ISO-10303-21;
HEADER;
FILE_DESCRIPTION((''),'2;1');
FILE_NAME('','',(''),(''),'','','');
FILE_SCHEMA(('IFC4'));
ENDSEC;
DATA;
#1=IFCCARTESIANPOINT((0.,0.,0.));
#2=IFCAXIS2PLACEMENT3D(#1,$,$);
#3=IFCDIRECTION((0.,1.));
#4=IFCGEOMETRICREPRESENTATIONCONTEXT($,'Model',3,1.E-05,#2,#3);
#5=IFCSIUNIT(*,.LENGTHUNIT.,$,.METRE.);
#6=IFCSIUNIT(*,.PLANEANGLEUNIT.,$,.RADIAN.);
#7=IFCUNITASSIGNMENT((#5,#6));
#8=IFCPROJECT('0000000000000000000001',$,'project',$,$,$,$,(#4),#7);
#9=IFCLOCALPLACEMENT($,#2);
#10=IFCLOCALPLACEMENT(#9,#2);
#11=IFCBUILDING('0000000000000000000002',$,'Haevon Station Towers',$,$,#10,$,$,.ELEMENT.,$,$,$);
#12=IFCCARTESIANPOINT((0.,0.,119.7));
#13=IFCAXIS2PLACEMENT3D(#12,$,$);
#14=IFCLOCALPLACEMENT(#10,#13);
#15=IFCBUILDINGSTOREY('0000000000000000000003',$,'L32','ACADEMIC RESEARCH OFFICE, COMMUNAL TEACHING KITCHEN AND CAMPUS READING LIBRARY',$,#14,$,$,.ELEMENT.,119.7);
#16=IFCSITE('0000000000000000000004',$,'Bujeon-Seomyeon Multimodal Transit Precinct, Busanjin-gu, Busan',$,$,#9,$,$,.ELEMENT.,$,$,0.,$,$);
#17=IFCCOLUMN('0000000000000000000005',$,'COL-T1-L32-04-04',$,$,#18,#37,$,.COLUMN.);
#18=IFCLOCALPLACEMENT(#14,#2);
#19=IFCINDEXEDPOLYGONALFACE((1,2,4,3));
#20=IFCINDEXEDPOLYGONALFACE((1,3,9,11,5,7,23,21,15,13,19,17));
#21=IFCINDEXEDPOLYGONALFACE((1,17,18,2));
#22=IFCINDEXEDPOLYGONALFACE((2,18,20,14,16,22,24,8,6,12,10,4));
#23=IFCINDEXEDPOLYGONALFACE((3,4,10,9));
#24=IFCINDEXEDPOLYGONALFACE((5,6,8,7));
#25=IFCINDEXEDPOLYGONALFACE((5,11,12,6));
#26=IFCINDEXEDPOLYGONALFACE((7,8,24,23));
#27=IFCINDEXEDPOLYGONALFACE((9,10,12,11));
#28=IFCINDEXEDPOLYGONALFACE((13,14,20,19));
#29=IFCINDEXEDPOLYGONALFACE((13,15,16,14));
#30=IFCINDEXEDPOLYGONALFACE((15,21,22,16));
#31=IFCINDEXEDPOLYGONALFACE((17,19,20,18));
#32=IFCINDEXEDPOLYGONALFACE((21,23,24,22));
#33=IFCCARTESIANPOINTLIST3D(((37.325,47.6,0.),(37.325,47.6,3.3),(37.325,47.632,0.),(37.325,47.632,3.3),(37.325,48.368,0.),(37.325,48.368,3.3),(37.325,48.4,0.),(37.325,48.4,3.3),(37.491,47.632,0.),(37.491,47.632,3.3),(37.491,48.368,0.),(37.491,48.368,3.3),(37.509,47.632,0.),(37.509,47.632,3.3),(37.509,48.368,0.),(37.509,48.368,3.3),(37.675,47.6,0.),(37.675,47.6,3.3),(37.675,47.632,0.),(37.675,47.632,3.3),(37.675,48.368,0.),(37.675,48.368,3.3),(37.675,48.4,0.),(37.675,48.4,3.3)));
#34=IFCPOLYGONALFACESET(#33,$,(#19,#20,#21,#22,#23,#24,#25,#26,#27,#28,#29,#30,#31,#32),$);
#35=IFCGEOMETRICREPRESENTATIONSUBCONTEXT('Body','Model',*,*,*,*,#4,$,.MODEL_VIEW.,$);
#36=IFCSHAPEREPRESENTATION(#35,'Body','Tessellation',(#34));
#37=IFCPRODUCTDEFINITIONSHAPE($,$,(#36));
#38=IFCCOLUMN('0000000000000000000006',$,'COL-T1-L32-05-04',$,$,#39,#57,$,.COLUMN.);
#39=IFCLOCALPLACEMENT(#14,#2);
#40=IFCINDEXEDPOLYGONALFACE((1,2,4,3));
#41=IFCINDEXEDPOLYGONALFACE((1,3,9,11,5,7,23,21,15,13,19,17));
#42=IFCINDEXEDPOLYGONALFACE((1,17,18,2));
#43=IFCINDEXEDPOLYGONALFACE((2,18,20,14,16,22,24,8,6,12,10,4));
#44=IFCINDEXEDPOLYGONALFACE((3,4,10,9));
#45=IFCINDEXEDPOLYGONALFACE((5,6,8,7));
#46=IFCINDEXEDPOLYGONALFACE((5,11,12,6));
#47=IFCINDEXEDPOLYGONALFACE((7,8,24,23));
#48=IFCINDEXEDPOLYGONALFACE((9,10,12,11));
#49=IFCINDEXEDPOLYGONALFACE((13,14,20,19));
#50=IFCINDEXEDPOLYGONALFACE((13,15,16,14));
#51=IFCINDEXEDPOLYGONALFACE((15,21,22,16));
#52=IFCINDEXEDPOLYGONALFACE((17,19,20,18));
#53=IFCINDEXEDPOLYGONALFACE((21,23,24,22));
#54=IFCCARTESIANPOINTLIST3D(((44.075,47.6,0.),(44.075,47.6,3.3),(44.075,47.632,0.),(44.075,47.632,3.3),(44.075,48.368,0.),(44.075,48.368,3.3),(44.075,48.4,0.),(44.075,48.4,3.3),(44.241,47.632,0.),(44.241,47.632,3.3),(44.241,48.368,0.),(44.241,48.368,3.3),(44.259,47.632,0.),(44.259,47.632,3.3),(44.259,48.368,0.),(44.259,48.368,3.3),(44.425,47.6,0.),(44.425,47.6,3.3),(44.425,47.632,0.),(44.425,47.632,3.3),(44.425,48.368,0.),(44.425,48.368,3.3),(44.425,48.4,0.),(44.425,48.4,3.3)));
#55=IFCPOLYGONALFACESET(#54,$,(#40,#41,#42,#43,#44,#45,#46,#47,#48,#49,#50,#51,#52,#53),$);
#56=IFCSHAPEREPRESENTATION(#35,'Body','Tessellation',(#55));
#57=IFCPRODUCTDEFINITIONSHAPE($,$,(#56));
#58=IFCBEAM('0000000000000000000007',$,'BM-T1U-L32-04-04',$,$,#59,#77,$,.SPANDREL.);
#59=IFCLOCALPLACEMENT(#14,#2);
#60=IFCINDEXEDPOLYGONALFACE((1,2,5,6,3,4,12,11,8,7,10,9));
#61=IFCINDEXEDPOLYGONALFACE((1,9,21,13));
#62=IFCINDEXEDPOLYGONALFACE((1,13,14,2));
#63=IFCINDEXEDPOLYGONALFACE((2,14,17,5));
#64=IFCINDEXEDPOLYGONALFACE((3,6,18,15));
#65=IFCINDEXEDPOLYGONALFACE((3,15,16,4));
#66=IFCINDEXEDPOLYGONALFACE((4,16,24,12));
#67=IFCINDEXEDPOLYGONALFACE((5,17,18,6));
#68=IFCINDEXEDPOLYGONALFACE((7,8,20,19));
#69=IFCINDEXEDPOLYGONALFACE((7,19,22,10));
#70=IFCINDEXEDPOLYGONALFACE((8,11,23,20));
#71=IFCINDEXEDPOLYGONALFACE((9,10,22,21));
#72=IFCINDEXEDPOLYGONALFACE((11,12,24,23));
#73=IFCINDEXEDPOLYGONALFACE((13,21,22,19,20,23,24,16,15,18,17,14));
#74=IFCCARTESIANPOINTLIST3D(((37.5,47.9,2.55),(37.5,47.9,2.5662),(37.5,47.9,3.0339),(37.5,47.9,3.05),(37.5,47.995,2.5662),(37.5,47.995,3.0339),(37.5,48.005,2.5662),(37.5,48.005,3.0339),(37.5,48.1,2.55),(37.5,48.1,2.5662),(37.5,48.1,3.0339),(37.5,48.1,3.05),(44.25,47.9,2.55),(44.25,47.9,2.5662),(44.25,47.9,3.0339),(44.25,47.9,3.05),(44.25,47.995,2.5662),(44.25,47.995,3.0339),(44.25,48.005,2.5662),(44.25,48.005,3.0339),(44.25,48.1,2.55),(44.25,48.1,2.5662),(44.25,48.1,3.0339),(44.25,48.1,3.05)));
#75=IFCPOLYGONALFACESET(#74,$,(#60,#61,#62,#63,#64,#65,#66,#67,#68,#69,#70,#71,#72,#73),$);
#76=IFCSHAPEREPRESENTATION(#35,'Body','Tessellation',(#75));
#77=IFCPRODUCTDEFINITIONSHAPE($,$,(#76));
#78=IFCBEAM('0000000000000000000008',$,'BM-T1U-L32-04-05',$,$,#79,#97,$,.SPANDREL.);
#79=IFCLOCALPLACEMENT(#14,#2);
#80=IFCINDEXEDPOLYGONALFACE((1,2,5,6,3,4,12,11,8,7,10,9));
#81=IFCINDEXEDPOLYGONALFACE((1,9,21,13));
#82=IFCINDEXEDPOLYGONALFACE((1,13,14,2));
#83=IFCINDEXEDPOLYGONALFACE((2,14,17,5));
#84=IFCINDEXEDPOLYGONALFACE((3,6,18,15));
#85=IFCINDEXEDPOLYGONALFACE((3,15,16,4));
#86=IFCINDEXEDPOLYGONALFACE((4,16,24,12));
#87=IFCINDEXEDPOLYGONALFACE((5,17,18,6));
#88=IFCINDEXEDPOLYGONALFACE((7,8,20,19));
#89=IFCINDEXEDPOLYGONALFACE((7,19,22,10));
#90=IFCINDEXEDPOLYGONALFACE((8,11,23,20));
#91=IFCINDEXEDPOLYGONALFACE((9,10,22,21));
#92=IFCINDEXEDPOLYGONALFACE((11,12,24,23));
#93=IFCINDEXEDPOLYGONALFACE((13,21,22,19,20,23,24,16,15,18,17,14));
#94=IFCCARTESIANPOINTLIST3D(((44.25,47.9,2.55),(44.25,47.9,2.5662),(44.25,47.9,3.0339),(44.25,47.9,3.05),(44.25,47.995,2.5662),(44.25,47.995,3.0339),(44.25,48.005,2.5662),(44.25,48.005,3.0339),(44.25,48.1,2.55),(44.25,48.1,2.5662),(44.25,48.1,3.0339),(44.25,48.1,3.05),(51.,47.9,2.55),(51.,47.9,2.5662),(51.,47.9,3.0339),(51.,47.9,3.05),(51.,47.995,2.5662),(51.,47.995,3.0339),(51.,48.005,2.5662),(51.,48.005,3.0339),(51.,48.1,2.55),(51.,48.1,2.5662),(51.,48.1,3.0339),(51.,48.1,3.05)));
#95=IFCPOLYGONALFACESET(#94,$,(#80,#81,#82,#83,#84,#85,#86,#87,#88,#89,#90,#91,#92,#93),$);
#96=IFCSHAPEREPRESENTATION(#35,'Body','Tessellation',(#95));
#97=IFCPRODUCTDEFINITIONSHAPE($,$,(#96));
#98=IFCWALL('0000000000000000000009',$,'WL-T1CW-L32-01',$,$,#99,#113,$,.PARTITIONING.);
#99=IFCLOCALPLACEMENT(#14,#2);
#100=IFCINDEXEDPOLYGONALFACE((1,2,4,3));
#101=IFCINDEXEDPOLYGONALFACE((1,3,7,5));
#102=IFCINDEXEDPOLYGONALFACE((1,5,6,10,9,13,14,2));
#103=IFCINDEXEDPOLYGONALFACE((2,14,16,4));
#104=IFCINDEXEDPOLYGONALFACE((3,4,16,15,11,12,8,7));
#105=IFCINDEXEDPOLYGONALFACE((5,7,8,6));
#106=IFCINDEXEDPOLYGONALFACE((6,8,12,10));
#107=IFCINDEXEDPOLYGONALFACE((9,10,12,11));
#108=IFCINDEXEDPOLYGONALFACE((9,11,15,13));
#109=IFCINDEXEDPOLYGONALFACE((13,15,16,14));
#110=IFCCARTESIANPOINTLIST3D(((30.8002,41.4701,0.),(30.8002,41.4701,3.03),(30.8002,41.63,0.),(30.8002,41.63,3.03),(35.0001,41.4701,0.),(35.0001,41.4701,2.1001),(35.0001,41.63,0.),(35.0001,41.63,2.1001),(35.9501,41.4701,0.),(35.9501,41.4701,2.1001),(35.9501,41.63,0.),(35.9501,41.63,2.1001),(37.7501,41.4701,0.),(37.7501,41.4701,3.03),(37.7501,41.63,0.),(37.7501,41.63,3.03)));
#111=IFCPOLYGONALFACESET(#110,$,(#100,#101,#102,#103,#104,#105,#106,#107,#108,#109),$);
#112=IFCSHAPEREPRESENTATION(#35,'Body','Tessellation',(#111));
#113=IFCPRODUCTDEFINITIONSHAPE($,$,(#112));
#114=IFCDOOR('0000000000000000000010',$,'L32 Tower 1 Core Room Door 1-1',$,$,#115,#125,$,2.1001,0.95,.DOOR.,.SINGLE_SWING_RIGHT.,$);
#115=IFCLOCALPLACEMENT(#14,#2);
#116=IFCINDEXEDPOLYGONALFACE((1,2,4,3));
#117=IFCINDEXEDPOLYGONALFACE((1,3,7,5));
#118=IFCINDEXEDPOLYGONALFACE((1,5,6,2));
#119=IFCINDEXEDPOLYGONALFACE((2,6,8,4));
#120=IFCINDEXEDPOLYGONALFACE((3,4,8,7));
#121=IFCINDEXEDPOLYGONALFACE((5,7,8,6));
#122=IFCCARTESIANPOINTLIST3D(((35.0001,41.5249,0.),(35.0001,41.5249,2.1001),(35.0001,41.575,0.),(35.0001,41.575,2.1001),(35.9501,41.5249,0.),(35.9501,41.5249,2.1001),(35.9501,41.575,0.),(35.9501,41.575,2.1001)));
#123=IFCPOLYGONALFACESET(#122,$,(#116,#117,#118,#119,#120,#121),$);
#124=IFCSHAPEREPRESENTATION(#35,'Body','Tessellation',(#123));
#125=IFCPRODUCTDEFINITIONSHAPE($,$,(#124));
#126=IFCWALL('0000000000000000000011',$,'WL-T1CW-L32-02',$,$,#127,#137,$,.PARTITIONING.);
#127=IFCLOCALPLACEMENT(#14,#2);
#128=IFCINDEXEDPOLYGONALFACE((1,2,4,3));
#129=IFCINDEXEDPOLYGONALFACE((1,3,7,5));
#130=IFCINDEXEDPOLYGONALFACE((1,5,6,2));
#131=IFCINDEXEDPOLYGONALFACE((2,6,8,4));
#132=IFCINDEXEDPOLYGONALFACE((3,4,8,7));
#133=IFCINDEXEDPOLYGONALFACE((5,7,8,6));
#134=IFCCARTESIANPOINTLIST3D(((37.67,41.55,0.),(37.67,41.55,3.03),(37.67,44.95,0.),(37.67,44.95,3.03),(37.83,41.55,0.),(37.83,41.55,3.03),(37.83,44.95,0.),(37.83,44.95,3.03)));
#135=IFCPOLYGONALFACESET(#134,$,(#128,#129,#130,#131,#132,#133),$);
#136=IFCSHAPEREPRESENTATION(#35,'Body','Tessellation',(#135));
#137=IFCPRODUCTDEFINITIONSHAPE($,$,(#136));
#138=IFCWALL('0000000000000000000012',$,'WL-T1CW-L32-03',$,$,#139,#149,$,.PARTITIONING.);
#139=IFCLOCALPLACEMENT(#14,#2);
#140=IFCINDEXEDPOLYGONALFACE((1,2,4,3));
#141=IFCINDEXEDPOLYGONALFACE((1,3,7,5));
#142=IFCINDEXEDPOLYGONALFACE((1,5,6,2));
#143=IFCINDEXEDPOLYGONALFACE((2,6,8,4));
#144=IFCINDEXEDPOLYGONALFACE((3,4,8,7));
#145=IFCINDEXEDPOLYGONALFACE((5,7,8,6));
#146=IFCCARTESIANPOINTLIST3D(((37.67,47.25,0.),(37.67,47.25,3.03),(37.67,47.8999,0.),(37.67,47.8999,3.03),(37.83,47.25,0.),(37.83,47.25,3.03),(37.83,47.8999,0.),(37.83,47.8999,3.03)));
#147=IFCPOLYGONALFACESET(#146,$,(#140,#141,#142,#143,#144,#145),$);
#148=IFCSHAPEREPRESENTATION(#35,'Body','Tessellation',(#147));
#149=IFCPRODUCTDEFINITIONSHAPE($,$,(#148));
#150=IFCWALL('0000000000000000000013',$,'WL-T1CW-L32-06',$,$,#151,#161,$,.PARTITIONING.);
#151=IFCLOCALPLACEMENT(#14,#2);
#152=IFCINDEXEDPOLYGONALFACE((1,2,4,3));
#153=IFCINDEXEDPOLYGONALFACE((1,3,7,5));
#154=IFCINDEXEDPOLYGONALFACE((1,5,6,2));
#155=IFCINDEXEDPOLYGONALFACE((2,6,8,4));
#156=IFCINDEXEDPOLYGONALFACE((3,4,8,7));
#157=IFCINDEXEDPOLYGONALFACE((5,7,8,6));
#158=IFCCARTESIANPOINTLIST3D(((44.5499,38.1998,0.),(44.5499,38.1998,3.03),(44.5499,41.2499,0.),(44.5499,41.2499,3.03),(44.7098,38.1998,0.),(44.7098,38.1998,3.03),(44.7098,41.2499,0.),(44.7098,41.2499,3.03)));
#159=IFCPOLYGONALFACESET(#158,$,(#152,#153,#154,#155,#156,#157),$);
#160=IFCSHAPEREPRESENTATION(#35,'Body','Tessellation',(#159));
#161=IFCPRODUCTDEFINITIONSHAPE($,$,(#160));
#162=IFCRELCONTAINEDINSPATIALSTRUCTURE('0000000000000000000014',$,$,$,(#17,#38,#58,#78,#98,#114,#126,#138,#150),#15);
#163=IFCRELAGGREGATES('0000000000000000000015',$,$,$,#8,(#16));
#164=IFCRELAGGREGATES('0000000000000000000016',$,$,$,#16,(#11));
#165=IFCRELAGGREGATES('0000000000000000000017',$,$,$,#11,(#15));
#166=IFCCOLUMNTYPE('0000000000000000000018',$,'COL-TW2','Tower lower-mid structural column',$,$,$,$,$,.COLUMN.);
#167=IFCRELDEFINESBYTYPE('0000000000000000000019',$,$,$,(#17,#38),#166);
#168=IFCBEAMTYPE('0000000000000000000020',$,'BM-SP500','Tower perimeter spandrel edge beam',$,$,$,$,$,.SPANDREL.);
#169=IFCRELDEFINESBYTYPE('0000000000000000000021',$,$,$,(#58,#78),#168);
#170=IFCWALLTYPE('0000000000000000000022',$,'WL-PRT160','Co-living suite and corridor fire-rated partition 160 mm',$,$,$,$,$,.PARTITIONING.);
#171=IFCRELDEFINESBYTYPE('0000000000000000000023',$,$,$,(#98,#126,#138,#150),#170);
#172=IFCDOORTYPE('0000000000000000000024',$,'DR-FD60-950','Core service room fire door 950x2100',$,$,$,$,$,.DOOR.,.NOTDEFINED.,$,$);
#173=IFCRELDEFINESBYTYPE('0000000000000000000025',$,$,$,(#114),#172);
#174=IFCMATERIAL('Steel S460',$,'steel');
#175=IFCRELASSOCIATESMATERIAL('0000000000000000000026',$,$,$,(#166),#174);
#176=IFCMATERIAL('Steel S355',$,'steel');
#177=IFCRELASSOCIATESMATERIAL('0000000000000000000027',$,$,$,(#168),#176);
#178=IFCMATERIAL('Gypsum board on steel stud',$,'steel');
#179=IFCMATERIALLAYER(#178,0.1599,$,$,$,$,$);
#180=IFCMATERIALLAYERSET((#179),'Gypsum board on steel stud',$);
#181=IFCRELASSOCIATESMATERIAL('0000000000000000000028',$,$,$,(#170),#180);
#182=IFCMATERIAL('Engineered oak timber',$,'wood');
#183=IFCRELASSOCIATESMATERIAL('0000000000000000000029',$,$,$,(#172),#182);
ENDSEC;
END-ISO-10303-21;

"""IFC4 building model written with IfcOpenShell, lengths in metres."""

from ifc_helpers import new_model, si_unit, direction, frame, frame_2d, origin, origin_2d, place, context, subcontext, project, spatial, rectangle, i_section, extrude, material, layer, layer_set, material_profile, profile_set, type_object, element, fill, save


model = new_model("IFC4")

# Units and contexts
model_context = context("Model", 3, precision=1e-05, world=origin(), true_north=direction((0.0, 1.0)))
body_context = subcontext(model_context, "Body", "Model", "MODEL_VIEW")
ifc_project = project(units=[si_unit("LENGTHUNIT", "METRE"), si_unit("PLANEANGLEUNIT", "RADIAN")], contexts=[model_context])

# Site, building, storey
site_placement = place(None, origin())
site = spatial("IfcSite", under=ifc_project, at=site_placement, Name="Bujeon-Seomyeon Multimodal Transit Precinct, Busanjin-gu, Busan", CompositionType="ELEMENT", RefElevation=0.0)
building_placement = place(site_placement, origin())
building = spatial("IfcBuilding", under=site, at=building_placement, Name="Haevon Station Towers", CompositionType="ELEMENT")
storey_placement = place(building_placement, frame((0.0, 0.0, 119.7)))
storey = spatial("IfcBuildingStorey", under=building, at=storey_placement, Name="L32", Description="ACADEMIC RESEARCH OFFICE, COMMUNAL TEACHING KITCHEN AND CAMPUS READING LIBRARY", CompositionType="ELEMENT", Elevation=119.7)

# Columns
ifc_material_1 = material(Name="Steel S460", Category="steel")
ifc_material_profile_1 = material_profile(ifc_material_1, i_section(OverallWidth=0.3501, OverallDepth=0.8, WebThickness=0.0181, FlangeThickness=0.032, at=origin_2d()), Name="H-800x350x18x32")
ifc_profile_set_1 = profile_set([ifc_material_profile_1], Name="Steel S460")
column_type = type_object("IfcColumnType", Name="COL-TW2", Description="Tower lower-mid structural column", PredefinedType="COLUMN", material=ifc_profile_set_1)
for number, where, z_axis, x_axis, name in (
    (1, (37.5, 48.0, 0.0), (0.0, 0.0, 1.0), (1.0, 0.0, 0.0), "COL-T1-L32-04-04"),
    (2, (44.25, 48.0, 0.0), (0.0, 0.0, 1.0), (1.0, 0.0, 0.0), "COL-T1-L32-05-04"),
):
    element("IfcColumn", number, at=place(storey_placement, frame(where, z_axis=z_axis, x_axis=x_axis)), inside=storey, type_object=column_type, Name=name, PredefinedType="COLUMN", context=body_context, shape_type="SweptSolid", body=[
        extrude(i_section(OverallWidth=0.3501, OverallDepth=0.8, WebThickness=0.0181, FlangeThickness=0.032, at=origin_2d()), origin(), (0.0, 0.0, 1.0), 3.3),
    ])

# Beams
ifc_material_2 = material(Name="Steel S355", Category="steel")
ifc_material_profile_2 = material_profile(ifc_material_2, i_section(OverallWidth=0.2, OverallDepth=0.5, WebThickness=0.01, FlangeThickness=0.0161, at=origin_2d()), Name="H-500x200x10x16")
ifc_profile_set_2 = profile_set([ifc_material_profile_2], Name="Steel S355")
beam_type = type_object("IfcBeamType", Name="BM-SP500", Description="Tower perimeter spandrel edge beam", PredefinedType="SPANDREL", material=ifc_profile_set_2)
for number, where, z_axis, x_axis, name in (
    (3, (37.5, 48.0, 2.8), (1.0, 0.0, 0.0), (0.0, 1.0, 0.0), "BM-T1U-L32-04-04"),
    (4, (44.25, 48.0, 2.8), (1.0, 0.0, 0.0), (0.0, 1.0, 0.0), "BM-T1U-L32-04-05"),
):
    element("IfcBeam", number, at=place(storey_placement, frame(where, z_axis=z_axis, x_axis=x_axis)), inside=storey, type_object=beam_type, Name=name, PredefinedType="SPANDREL", context=body_context, shape_type="SweptSolid", body=[
        extrude(i_section(OverallWidth=0.2, OverallDepth=0.5, WebThickness=0.01, FlangeThickness=0.0161, at=origin_2d()), origin(), (0.0, 0.0, 1.0), 6.75),
    ])

# Wall, opening, door
ifc_material_3 = material(Name="Gypsum board on steel stud", Category="steel")
ifc_layer_1 = layer(ifc_material_3, 0.1599)
ifc_layer_set_1 = layer_set([ifc_layer_1], Name="Gypsum board on steel stud")
wall_type_1 = type_object("IfcWallType", Name="WL-PRT160", Description="Co-living suite and corridor fire-rated partition 160 mm", PredefinedType="PARTITIONING", material=ifc_layer_set_1)
wall_1_placement = place(storey_placement, frame((30.8, 41.55, 0.0), z_axis=(0.0, 0.0, 1.0), x_axis=(1.0, 0.0, 0.0)))
wall_1 = element("IfcWall", 5, at=wall_1_placement, inside=storey, type_object=wall_type_1, Name="WL-T1CW-L32-01", PredefinedType="PARTITIONING", context=body_context, shape_type="SweptSolid", body=[
    extrude(rectangle(XDim=6.95, YDim=0.1599, at=frame_2d((3.4751, 0.0))), origin(), (0.0, 0.0, 1.0), 3.03),
])
opening_1_placement = place(wall_1_placement, frame((4.2, 0.0, 0.0)))
opening_1 = element("IfcOpeningElement", 6, at=opening_1_placement, cuts=wall_1, PredefinedType="OPENING", context=body_context, shape_type="SweptSolid", body=[
    extrude(rectangle(XDim=0.95, YDim=2.1001, at=frame_2d((0.4751, 1.05))), frame((0.0, 0.0898, 0.0), z_axis=(0.0, -1.0, 0.0), x_axis=(1.0, 0.0, 0.0)), (0.0, 0.0, 1.0), 0.1799),
])
ifc_material_4 = material(Name="Engineered oak timber", Category="wood")
door_type_1 = type_object("IfcDoorType", Name="DR-FD60-950", Description="Core service room fire door 950x2100", OperationType="NOTDEFINED", PredefinedType="DOOR", material=ifc_material_4)
door_1_placement = place(opening_1_placement, origin())
door_1 = element("IfcDoor", 7, at=door_1_placement, inside=storey, type_object=door_type_1, Name="L32 Tower 1 Core Room Door 1-1", OperationType="SINGLE_SWING_RIGHT", OverallHeight=2.1001, OverallWidth=0.95, PredefinedType="DOOR", context=body_context, shape_type="SweptSolid", body=[
    extrude(rectangle(XDim=0.95, YDim=2.1001, at=frame_2d((0.4751, 1.05))), frame((0.0, 0.0249, 0.0), z_axis=(0.0, -1.0, 0.0), x_axis=(1.0, 0.0, 0.0)), (0.0, 0.0, 1.0), 0.05),
])
fill(opening_1, door_1)

# Walls
wall_2_placement = place(storey_placement, frame((37.75, 41.55, 0.0), z_axis=(0.0, 0.0, 1.0), x_axis=(0.0, 1.0, 0.0)))
element("IfcWall", 8, at=wall_2_placement, inside=storey, type_object=wall_type_1, Name="WL-T1CW-L32-02", PredefinedType="PARTITIONING", context=body_context, shape_type="SweptSolid", body=[
    extrude(rectangle(XDim=3.3999, YDim=0.1599, at=frame_2d((1.7, 0.0))), origin(), (0.0, 0.0, 1.0), 3.03),
])
wall_3_placement = place(storey_placement, frame((37.75, 47.25, 0.0), z_axis=(0.0, 0.0, 1.0), x_axis=(0.0, 1.0, 0.0)))
element("IfcWall", 9, at=wall_3_placement, inside=storey, type_object=wall_type_1, Name="WL-T1CW-L32-03", PredefinedType="PARTITIONING", context=body_context, shape_type="SweptSolid", body=[
    extrude(rectangle(XDim=0.6499, YDim=0.1599, at=frame_2d((0.325, 0.0))), origin(), (0.0, 0.0, 1.0), 3.03),
])
wall_4_placement = place(storey_placement, frame((44.6299, 38.2, 0.0), z_axis=(0.0, 0.0, 1.0), x_axis=(0.0, 1.0, 0.0)))
element("IfcWall", 10, at=wall_4_placement, inside=storey, type_object=wall_type_1, Name="WL-T1CW-L32-06", PredefinedType="PARTITIONING", context=body_context, shape_type="SweptSolid", body=[
    extrude(rectangle(XDim=3.05, YDim=0.1599, at=frame_2d((1.5249, 0.0))), origin(), (0.0, 0.0, 1.0), 3.03),
])

save(model, "model.ifc")
